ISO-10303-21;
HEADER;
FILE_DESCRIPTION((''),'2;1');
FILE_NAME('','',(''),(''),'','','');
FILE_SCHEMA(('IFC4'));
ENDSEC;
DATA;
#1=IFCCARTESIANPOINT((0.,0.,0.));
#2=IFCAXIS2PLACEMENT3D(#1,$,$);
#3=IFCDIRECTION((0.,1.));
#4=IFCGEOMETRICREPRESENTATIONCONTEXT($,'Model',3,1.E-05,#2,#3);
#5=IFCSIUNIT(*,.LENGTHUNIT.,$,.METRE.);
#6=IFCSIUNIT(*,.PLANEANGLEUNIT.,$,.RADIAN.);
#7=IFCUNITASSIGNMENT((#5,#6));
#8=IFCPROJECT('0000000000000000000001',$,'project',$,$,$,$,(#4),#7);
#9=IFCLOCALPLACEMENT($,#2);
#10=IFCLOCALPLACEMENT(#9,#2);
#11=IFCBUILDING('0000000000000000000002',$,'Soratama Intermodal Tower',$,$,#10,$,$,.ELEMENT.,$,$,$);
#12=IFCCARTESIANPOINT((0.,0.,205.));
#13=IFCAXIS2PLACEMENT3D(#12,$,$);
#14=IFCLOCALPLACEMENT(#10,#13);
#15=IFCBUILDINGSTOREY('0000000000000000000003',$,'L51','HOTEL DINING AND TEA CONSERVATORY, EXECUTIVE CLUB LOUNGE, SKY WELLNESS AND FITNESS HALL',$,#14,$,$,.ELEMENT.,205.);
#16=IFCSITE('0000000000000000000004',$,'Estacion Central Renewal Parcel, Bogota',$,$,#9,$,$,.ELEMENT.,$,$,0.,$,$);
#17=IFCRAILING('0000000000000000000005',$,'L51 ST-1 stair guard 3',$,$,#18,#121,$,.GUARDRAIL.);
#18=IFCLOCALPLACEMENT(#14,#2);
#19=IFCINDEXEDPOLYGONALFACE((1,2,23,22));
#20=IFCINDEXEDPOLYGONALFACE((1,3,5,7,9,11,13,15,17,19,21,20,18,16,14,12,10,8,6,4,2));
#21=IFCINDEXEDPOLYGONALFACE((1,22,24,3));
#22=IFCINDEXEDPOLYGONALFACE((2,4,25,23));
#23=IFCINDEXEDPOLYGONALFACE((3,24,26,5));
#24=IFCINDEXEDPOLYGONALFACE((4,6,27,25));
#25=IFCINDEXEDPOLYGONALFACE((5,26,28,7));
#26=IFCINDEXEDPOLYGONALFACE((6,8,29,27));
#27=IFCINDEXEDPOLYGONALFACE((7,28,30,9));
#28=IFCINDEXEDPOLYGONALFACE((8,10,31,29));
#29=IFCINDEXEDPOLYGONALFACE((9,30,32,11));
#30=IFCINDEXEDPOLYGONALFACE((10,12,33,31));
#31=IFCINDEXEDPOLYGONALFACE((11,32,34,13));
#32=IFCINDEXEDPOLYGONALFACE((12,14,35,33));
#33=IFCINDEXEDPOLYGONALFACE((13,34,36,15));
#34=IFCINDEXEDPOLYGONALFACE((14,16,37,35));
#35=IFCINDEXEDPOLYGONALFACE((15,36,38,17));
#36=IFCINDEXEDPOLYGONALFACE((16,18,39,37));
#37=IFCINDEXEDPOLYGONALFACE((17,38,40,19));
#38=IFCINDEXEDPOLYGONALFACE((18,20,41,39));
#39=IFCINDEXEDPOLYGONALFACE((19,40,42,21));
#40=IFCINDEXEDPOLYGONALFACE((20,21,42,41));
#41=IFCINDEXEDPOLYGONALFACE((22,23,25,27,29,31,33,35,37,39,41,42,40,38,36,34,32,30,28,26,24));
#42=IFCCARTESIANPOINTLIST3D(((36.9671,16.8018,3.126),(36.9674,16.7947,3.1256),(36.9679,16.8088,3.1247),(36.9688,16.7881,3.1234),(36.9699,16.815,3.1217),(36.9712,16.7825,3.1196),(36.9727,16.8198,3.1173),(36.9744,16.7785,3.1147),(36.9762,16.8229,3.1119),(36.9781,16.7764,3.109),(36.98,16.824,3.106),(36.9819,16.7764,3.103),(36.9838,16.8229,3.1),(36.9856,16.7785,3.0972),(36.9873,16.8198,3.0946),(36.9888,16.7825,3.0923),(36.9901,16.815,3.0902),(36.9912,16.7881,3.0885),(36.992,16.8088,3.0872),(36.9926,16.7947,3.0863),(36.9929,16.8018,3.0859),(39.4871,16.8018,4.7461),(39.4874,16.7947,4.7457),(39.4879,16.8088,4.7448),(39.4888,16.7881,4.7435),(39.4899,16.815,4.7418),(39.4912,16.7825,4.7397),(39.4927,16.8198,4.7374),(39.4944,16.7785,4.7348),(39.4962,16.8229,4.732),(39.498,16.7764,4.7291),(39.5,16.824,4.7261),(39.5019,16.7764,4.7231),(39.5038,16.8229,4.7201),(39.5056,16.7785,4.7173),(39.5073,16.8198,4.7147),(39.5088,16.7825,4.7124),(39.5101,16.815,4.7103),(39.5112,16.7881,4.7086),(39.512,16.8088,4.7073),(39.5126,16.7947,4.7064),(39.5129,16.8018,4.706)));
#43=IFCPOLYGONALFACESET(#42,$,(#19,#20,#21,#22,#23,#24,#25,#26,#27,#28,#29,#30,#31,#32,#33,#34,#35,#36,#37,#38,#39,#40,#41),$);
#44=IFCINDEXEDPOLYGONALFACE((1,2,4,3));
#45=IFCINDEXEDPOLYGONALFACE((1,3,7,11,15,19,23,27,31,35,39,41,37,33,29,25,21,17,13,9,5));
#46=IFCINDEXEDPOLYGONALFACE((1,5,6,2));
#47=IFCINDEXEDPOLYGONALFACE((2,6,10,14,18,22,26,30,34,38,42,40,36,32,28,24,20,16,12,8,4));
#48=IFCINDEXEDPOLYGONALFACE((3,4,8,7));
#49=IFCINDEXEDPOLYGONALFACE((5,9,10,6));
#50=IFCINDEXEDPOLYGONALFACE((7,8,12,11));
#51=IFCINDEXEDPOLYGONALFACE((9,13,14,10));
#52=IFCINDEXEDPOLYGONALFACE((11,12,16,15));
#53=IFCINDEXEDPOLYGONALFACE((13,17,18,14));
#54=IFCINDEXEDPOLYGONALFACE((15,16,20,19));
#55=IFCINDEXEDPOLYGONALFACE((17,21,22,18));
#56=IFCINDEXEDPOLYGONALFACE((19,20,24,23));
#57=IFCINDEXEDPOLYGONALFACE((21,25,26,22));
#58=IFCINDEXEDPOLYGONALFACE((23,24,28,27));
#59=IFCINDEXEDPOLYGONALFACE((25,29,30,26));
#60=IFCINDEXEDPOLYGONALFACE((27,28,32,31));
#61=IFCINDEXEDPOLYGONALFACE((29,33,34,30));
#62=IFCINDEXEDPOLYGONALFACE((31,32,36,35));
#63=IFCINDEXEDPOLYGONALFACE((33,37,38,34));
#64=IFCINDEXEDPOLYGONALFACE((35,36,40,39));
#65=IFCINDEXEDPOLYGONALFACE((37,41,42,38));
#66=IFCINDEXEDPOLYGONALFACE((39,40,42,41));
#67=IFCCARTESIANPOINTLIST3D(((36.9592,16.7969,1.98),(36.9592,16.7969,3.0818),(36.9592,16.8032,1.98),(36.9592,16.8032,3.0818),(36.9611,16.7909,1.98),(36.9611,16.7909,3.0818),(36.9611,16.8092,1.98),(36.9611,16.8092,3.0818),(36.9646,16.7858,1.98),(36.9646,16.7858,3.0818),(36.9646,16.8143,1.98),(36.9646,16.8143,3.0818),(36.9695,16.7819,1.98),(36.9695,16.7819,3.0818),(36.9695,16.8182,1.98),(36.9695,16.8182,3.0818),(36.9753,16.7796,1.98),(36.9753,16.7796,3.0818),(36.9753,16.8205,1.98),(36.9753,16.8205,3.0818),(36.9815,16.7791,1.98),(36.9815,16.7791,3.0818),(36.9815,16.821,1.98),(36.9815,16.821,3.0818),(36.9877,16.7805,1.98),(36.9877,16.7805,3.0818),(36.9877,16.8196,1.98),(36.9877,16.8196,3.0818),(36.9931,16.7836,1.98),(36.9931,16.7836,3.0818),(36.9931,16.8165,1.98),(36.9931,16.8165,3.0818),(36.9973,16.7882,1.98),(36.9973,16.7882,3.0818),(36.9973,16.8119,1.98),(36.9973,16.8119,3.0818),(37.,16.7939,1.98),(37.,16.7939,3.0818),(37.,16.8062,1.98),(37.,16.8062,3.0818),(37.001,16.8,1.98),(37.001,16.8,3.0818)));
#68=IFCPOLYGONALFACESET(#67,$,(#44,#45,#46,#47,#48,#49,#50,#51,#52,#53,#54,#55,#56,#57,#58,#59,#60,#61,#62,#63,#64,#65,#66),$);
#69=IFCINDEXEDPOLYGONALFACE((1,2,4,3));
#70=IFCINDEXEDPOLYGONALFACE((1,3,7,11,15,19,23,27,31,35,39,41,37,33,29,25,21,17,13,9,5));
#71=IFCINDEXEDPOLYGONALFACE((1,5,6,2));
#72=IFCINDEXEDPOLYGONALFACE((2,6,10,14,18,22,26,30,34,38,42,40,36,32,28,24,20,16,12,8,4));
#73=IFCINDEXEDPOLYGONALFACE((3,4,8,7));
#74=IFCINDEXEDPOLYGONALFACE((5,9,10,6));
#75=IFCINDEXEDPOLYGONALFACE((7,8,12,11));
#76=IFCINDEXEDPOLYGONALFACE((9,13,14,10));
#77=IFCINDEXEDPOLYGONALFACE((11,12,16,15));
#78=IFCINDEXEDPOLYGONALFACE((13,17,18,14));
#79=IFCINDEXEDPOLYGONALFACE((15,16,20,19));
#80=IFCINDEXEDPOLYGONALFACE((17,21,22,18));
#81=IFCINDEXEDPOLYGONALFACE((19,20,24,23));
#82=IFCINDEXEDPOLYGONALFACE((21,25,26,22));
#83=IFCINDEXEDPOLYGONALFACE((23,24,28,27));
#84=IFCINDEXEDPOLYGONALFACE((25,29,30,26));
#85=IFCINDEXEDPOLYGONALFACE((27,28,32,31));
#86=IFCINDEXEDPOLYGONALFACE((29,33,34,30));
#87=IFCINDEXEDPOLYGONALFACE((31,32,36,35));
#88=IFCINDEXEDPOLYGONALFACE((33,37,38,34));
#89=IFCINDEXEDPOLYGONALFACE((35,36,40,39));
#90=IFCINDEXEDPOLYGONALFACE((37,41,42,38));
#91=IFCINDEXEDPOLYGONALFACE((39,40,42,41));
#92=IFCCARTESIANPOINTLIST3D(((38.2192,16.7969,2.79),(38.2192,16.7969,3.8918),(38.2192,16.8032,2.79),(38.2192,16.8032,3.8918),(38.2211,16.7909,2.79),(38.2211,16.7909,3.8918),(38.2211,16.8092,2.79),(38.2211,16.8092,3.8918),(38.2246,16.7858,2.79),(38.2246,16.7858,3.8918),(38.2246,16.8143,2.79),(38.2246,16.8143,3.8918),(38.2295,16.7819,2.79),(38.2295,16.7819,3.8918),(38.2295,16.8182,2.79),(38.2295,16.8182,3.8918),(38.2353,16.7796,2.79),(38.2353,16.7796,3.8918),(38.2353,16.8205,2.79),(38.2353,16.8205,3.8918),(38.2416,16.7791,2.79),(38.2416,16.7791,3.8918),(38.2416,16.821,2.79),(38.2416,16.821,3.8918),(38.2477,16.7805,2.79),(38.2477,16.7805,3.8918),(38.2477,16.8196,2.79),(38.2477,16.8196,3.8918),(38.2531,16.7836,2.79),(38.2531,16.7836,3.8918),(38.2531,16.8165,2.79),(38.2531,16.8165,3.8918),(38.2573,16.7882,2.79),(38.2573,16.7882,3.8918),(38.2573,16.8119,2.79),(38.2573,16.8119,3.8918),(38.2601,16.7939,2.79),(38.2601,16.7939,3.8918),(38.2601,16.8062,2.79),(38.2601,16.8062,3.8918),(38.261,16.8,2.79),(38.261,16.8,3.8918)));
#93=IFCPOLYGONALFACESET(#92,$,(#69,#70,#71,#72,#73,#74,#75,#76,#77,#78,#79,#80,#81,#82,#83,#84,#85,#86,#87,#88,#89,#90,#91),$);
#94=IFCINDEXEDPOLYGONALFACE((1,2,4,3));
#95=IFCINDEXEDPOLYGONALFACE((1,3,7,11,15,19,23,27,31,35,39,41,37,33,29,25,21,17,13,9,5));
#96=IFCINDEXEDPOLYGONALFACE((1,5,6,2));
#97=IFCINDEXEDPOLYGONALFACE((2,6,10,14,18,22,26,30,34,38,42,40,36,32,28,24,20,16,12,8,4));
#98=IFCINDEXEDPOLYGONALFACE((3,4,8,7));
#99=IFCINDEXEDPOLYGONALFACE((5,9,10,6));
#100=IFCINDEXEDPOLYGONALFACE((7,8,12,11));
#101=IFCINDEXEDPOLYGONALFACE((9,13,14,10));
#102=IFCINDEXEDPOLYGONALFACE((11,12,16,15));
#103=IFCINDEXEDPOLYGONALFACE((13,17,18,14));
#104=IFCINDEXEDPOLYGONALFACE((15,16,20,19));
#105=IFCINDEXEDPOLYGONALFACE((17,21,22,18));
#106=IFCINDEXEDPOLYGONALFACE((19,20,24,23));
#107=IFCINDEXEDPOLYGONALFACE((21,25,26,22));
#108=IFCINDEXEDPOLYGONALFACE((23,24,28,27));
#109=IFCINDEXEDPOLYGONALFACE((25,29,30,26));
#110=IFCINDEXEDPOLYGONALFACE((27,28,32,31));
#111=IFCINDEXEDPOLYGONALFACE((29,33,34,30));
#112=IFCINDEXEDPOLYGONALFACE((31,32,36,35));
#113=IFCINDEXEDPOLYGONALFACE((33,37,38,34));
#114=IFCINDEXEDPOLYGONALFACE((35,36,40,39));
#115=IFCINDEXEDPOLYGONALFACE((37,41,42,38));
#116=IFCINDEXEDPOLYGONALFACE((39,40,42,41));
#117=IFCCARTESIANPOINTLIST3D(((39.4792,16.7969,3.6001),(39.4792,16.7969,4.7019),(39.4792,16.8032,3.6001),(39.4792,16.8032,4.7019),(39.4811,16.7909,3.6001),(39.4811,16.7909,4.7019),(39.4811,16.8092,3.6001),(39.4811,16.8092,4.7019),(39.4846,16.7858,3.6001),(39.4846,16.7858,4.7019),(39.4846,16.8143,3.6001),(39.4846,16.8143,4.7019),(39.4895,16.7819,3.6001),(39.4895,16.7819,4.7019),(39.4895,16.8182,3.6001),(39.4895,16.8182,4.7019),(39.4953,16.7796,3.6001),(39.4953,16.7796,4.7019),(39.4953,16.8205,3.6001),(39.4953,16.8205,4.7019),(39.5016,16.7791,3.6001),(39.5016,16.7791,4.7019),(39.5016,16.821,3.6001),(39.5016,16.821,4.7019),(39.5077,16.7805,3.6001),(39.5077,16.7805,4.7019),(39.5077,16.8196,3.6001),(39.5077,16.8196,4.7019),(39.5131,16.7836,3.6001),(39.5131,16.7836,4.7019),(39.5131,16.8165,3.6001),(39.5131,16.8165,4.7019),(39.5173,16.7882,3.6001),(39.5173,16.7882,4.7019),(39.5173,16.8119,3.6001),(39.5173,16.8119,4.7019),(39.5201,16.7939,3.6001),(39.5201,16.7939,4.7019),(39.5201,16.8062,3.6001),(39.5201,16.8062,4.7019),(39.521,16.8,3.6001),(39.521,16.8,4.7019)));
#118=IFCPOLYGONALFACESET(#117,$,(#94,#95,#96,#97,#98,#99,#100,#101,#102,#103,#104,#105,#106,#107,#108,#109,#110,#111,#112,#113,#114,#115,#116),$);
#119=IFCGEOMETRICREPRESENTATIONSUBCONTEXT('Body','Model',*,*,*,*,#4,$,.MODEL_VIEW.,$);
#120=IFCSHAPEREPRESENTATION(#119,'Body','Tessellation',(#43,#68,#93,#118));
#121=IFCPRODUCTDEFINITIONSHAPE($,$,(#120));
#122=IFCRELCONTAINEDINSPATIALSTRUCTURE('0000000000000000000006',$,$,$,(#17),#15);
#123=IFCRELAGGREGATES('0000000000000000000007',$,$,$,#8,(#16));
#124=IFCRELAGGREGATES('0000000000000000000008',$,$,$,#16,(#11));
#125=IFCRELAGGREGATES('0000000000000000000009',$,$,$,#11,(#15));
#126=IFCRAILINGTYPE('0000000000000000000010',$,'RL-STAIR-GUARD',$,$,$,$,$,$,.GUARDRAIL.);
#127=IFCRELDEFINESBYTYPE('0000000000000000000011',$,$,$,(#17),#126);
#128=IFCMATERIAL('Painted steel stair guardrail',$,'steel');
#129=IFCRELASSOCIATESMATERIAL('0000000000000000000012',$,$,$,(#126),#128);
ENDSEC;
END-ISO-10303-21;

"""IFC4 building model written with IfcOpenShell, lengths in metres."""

from ifc_helpers import new_model, si_unit, direction, frame, origin, origin_2d, place, context, subcontext, project, spatial, circle, extrude, material, type_object, element, save


model = new_model("IFC4")

# Units and contexts
model_context = context("Model", 3, precision=1e-05, world=origin(), true_north=direction((0.0, 1.0)))
body_context = subcontext(model_context, "Body", "Model", "MODEL_VIEW")
ifc_project = project(units=[si_unit("LENGTHUNIT", "METRE"), si_unit("PLANEANGLEUNIT", "RADIAN")], contexts=[model_context])

# Site, building, storey
site_placement = place(None, origin())
site = spatial("IfcSite", under=ifc_project, at=site_placement, Name="Estacion Central Renewal Parcel, Bogota", CompositionType="ELEMENT", RefElevation=0.0)
building_placement = place(site_placement, origin())
building = spatial("IfcBuilding", under=site, at=building_placement, Name="Soratama Intermodal Tower", CompositionType="ELEMENT")
storey_placement = place(building_placement, frame((0.0, 0.0, 205.0)))
storey = spatial("IfcBuildingStorey", under=building, at=storey_placement, Name="L51", Description="HOTEL DINING AND TEA CONSERVATORY, EXECUTIVE CLUB LOUNGE, SKY WELLNESS AND FITNESS HALL", CompositionType="ELEMENT", Elevation=205.0)

# Railing
ifc_material_1 = material(Name="Painted steel stair guardrail", Category="steel")
railing_type_1 = type_object("IfcRailingType", Name="RL-STAIR-GUARD", PredefinedType="GUARDRAIL", material=ifc_material_1)
railing_1_placement = place(storey_placement, frame((36.98, 16.8, 1.98)))
element("IfcRailing", 1, at=railing_1_placement, inside=storey, type_object=railing_type_1, Name="L51 ST-1 stair guard 3", PredefinedType="GUARDRAIL", context=body_context, shape_type="SweptSolid", body=[
    extrude(circle(Radius=0.0239, at=origin_2d()), frame((0.0, 0.0, 1.126), z_axis=(0.841163, 0.0, 0.540782), x_axis=(0.0, 1.0, 0.0)), (0.0, 0.0, 1.0), 2.9958),
    extrude(circle(Radius=0.021, at=origin_2d()), origin(), (0.0, 0.0, 1.0), 1.1018),
    extrude(circle(Radius=0.021, at=origin_2d()), frame((1.26, 0.0, 0.8101)), (0.0, 0.0, 1.0), 1.1018),
    extrude(circle(Radius=0.021, at=origin_2d()), frame((2.52, 0.0, 1.6201)), (0.0, 0.0, 1.0), 1.1018),
])

save(model, "model.ifc")
